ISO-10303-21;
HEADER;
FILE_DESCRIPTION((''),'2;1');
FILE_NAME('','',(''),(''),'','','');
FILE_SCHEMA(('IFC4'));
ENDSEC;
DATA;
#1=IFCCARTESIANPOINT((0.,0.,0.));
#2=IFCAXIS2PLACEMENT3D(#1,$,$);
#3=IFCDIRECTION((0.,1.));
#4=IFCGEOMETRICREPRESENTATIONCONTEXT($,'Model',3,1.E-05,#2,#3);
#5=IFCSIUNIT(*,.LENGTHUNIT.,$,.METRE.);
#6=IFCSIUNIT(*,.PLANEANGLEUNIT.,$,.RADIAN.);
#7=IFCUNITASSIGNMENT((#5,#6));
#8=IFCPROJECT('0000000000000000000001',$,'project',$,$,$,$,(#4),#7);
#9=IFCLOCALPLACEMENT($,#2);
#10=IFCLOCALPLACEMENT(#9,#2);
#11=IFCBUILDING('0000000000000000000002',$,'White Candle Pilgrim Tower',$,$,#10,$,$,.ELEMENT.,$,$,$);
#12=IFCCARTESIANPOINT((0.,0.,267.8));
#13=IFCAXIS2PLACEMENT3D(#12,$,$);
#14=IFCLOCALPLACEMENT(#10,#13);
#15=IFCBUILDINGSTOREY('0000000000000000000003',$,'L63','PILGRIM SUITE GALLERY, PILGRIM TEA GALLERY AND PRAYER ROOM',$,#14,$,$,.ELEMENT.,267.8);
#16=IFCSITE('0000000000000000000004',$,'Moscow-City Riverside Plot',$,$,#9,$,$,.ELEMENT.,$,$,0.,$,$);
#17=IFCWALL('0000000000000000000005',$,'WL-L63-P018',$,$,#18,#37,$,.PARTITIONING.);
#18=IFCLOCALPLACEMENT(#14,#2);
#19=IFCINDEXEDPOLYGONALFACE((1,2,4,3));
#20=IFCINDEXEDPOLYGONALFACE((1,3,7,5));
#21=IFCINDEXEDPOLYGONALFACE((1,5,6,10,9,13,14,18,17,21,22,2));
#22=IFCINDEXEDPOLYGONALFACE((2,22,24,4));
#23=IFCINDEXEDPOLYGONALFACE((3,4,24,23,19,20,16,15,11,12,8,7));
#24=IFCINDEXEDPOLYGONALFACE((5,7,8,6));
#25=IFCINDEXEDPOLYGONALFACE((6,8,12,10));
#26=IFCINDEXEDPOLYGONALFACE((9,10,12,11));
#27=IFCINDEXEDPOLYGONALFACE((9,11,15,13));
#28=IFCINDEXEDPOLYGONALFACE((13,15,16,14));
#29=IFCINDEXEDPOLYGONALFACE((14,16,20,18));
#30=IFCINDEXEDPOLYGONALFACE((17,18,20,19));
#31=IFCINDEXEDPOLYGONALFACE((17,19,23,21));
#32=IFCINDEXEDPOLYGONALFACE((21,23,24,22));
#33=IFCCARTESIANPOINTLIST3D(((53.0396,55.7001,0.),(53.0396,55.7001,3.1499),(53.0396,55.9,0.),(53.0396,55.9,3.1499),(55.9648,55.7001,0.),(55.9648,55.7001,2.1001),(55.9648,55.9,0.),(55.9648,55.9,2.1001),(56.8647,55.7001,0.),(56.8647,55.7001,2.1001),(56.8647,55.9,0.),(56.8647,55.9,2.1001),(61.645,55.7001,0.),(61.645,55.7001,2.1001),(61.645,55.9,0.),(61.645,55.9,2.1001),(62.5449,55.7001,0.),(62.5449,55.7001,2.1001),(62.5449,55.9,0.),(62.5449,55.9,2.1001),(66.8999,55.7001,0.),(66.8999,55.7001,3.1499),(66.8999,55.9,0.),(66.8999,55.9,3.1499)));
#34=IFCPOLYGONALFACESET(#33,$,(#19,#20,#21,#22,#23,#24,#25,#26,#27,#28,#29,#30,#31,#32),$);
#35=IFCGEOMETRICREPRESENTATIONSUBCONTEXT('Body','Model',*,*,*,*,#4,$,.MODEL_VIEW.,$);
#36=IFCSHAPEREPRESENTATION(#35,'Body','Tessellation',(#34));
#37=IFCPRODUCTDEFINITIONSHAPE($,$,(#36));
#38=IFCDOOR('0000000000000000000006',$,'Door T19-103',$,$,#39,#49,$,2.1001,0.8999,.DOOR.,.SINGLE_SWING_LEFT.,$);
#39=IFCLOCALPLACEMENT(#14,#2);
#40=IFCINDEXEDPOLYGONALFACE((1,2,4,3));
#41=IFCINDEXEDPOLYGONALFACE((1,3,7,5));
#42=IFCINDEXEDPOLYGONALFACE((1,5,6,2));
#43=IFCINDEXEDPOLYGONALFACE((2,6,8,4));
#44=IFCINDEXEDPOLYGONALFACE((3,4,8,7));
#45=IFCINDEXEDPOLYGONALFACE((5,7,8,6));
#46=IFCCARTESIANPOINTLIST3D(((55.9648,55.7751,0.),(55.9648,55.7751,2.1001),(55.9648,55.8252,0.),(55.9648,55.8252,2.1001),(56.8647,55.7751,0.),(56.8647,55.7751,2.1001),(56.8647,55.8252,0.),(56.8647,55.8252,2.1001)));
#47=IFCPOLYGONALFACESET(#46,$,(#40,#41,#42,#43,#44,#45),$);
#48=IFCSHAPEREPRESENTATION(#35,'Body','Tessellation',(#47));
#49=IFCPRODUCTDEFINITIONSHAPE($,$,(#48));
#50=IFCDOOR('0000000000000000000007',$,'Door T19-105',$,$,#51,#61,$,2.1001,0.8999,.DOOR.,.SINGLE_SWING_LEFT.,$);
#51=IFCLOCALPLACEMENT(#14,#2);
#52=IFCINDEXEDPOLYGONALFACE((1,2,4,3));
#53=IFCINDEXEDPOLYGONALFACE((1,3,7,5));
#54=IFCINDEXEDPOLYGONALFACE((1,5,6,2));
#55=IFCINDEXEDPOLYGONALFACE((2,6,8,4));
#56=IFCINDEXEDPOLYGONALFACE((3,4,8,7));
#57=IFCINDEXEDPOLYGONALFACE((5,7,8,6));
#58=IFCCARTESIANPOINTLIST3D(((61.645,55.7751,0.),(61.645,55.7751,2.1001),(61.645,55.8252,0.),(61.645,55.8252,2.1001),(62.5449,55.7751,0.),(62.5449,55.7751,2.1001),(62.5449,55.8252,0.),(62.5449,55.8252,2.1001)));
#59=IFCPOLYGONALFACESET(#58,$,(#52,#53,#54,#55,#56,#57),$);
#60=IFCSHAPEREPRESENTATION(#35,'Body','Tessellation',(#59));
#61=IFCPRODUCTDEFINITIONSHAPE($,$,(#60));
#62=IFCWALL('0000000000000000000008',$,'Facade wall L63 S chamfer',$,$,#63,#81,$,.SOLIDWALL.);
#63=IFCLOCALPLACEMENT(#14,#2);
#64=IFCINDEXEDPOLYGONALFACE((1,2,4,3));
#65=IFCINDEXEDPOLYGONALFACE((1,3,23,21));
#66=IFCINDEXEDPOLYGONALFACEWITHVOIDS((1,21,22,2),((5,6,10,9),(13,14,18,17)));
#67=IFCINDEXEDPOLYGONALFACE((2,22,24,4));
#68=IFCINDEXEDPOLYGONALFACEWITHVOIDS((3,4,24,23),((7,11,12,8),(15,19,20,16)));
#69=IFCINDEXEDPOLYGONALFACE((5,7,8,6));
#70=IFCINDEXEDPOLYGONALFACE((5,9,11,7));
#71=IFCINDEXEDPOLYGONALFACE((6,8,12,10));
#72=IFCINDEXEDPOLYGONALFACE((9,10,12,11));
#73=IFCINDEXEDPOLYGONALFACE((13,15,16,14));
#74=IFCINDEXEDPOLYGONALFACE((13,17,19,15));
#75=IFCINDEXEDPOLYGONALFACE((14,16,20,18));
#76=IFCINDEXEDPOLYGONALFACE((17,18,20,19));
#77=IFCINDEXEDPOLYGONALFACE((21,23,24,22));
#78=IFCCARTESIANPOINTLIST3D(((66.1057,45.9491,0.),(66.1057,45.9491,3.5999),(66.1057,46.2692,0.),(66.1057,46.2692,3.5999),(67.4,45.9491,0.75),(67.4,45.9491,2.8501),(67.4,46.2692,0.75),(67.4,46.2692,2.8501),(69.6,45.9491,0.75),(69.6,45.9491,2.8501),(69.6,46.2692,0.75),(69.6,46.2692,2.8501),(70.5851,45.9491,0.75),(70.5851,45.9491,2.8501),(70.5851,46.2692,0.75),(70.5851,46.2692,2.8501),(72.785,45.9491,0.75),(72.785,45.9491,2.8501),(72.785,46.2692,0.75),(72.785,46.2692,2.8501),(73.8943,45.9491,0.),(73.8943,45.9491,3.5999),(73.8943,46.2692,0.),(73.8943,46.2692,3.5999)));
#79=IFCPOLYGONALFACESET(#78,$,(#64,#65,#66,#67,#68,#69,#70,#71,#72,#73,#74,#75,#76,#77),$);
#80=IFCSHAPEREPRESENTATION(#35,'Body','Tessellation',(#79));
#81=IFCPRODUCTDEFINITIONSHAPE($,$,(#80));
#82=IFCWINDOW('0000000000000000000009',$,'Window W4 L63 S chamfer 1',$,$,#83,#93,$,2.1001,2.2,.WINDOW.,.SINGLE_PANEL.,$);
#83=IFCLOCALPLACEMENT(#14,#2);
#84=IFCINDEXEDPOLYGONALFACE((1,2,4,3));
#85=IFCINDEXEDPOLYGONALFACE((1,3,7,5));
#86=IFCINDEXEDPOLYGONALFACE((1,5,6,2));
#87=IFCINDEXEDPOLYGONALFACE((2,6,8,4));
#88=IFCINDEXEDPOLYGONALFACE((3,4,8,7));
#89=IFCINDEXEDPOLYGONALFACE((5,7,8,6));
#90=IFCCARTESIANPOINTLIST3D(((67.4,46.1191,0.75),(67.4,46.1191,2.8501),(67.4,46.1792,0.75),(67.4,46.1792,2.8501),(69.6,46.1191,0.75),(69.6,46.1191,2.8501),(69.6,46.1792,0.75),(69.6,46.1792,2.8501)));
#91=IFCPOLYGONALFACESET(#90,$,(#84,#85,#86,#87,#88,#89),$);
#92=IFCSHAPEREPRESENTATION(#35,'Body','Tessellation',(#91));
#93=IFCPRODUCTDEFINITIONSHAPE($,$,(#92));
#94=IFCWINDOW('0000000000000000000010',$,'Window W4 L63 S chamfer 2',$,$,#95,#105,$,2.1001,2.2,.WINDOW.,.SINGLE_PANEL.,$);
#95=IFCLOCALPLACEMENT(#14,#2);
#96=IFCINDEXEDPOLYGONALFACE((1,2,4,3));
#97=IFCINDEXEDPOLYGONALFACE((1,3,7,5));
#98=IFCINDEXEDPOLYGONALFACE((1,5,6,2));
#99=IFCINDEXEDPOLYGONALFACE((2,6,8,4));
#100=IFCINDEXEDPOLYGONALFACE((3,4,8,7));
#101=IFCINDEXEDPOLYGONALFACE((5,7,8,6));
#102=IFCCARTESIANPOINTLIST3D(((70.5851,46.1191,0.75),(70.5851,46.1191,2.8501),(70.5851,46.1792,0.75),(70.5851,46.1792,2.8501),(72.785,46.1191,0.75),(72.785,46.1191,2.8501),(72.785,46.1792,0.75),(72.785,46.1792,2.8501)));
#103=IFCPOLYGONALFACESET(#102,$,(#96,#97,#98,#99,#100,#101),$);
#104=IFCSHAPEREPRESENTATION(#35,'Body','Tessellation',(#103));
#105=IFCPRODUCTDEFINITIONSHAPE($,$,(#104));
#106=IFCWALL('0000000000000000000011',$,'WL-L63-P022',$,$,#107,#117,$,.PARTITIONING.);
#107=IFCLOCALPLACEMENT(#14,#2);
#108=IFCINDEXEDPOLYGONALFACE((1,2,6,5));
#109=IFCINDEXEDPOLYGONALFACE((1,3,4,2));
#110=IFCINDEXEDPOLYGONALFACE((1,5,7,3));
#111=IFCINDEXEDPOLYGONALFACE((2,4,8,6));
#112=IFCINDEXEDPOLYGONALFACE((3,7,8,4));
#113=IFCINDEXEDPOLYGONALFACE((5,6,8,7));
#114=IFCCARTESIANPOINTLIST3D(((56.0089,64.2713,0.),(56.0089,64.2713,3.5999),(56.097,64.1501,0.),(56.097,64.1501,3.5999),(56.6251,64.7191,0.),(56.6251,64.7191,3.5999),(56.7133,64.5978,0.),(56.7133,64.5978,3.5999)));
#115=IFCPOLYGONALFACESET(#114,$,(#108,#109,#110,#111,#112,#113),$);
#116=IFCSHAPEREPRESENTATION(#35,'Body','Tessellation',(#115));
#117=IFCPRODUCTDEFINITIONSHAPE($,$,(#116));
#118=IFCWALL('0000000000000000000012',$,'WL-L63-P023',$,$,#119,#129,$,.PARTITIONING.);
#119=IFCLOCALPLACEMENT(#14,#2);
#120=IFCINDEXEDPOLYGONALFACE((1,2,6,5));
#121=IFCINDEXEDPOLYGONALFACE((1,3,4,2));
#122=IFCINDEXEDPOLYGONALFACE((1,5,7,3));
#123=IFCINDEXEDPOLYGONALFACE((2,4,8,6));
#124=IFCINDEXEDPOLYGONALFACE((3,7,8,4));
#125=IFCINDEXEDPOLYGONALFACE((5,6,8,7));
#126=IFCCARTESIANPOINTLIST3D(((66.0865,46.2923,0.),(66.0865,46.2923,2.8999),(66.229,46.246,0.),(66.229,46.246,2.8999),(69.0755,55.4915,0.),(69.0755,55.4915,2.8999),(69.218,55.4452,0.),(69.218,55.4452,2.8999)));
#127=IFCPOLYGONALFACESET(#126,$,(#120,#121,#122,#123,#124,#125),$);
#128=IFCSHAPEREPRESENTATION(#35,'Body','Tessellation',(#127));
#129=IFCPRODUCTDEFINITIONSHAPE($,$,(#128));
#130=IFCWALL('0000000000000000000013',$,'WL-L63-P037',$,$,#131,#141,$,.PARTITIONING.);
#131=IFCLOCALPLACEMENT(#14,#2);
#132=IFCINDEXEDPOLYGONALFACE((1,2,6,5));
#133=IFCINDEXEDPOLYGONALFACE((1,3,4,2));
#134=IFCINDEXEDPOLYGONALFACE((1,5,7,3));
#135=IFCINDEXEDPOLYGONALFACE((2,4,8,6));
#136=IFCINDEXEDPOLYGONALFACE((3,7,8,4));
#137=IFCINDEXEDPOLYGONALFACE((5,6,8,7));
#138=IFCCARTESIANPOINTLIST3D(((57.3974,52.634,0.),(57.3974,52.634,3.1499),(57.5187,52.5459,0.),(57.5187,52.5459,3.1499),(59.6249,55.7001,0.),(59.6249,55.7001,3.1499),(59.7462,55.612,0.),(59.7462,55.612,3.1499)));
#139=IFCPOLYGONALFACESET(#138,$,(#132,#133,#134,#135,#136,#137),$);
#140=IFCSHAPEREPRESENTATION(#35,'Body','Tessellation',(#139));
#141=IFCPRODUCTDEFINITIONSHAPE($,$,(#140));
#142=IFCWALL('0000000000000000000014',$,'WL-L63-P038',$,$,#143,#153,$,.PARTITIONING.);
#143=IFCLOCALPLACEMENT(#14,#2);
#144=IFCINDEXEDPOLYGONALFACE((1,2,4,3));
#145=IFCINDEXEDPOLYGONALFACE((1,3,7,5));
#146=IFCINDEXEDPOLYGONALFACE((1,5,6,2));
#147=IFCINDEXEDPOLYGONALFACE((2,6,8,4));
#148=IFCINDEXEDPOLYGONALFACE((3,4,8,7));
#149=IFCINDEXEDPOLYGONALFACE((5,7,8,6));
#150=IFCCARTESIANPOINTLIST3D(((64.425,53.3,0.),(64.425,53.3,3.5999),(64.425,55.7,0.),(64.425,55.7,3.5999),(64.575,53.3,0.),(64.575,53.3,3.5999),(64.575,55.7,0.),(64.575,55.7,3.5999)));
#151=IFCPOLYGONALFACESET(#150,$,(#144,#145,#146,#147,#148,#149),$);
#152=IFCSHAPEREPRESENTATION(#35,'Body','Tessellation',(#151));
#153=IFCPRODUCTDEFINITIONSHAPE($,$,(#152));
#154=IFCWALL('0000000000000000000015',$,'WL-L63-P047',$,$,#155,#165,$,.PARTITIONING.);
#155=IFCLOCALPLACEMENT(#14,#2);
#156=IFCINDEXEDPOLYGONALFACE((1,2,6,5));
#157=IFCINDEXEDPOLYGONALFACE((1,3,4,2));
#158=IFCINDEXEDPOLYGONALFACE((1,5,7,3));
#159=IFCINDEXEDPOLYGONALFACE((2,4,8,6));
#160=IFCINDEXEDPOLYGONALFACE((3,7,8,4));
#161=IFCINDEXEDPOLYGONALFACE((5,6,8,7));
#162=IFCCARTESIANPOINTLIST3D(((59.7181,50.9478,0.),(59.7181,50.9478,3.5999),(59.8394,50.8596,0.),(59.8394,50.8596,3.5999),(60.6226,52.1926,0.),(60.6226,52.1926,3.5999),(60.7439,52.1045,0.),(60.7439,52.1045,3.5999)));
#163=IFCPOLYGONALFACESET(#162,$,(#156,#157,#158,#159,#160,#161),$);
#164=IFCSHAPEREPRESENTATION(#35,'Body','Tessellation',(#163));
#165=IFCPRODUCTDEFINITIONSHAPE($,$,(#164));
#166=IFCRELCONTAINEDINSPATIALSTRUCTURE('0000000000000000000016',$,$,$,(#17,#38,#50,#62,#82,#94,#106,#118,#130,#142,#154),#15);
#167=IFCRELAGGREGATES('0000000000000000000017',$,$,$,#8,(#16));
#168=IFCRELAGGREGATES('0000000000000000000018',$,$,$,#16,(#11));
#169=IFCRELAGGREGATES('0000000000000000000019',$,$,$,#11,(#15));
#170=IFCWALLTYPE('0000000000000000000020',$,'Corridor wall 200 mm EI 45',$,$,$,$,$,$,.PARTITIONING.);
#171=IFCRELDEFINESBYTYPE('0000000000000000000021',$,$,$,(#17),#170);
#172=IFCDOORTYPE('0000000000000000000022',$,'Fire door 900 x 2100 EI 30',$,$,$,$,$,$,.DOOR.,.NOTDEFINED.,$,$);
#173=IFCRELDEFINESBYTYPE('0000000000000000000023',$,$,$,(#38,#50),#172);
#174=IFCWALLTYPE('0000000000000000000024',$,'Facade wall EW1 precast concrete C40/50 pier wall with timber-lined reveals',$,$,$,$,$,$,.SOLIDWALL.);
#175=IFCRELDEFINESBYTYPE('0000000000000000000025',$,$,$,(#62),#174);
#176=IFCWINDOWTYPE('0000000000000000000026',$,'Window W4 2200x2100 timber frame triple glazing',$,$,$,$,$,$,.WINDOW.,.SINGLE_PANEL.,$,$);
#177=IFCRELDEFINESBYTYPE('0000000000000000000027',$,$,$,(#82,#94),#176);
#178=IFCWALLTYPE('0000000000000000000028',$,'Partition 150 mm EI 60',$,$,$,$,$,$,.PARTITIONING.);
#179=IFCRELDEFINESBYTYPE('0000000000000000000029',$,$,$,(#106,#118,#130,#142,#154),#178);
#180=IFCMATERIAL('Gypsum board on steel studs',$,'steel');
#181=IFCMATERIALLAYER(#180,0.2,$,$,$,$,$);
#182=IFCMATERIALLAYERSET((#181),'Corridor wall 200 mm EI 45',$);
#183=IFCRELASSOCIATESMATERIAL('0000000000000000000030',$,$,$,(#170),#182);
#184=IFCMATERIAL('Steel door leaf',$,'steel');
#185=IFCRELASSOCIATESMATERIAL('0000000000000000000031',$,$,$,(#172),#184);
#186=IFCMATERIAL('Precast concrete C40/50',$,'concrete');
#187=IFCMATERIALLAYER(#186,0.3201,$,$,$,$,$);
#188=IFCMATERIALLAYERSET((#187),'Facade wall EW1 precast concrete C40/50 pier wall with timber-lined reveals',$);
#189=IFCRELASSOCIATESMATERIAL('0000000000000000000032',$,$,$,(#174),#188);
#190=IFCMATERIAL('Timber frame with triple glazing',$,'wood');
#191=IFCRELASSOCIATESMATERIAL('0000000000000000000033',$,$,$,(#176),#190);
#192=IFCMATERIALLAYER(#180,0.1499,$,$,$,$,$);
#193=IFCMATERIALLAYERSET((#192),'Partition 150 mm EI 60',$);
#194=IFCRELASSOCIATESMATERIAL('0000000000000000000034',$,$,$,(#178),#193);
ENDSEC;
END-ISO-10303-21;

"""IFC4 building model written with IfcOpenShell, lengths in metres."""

from ifc_helpers import new_model, si_unit, direction, frame, frame_2d, origin, place, context, subcontext, project, spatial, rectangle, extrude, material, layer, layer_set, type_object, element, fill, save


model = new_model("IFC4")

# Units and contexts
model_context = context("Model", 3, precision=1e-05, world=origin(), true_north=direction((0.0, 1.0)))
body_context = subcontext(model_context, "Body", "Model", "MODEL_VIEW")
ifc_project = project(units=[si_unit("LENGTHUNIT", "METRE"), si_unit("PLANEANGLEUNIT", "RADIAN")], contexts=[model_context])

# Site, building, storey
site_placement = place(None, origin())
site = spatial("IfcSite", under=ifc_project, at=site_placement, Name="Moscow-City Riverside Plot", CompositionType="ELEMENT", RefElevation=0.0)
building_placement = place(site_placement, origin())
building = spatial("IfcBuilding", under=site, at=building_placement, Name="White Candle Pilgrim Tower", CompositionType="ELEMENT")
storey_placement = place(building_placement, frame((0.0, 0.0, 267.8)))
storey = spatial("IfcBuildingStorey", under=building, at=storey_placement, Name="L63", Description="PILGRIM SUITE GALLERY, PILGRIM TEA GALLERY AND PRAYER ROOM", CompositionType="ELEMENT", Elevation=267.8)

# Shared definitions
ifc_material_1 = material(Name="Gypsum board on steel studs", Category="steel")
ifc_layer_1 = layer(ifc_material_1, 0.2)
ifc_layer_set_1 = layer_set([ifc_layer_1], Name="Corridor wall 200 mm EI 45")
wall_type_1 = type_object("IfcWallType", Name="Corridor wall 200 mm EI 45", PredefinedType="PARTITIONING", material=ifc_layer_set_1)

# Shared definitions
ifc_material_2 = material(Name="Steel door leaf", Category="steel")
door_type_1 = type_object("IfcDoorType", Name="Fire door 900 x 2100 EI 30", OperationType="NOTDEFINED", PredefinedType="DOOR", material=ifc_material_2)

# Wall, openings, doors
wall_1_placement = place(storey_placement, frame((66.8999, 55.8, 0.0), z_axis=(0.0, 0.0, 1.0), x_axis=(-1.0, 0.0, 0.0)))
wall_1 = element("IfcWall", 1, at=wall_1_placement, inside=storey, type_object=wall_type_1, Name="WL-L63-P018", PredefinedType="PARTITIONING", context=body_context, shape_type="SweptSolid", body=[
    extrude(rectangle(XDim=13.8604, YDim=0.2, at=frame_2d((6.9302, 0.0))), origin(), (0.0, 0.0, 1.0), 3.1499),
])
opening_1_placement = place(wall_1_placement, frame((10.0352, 0.0, 0.0)))
opening_1 = element("IfcOpeningElement", 2, at=opening_1_placement, cuts=wall_1, PredefinedType="OPENING", context=body_context, shape_type="SweptSolid", body=[
    extrude(rectangle(XDim=0.8999, YDim=2.1001, at=frame_2d((0.45, 1.05))), frame((0.0, 0.1099, 0.0), z_axis=(0.0, -1.0, 0.0), x_axis=(1.0, 0.0, 0.0)), (0.0, 0.0, 1.0), 0.22),
])
opening_2_placement = place(wall_1_placement, frame((4.355, 0.0, 0.0)))
opening_2 = element("IfcOpeningElement", 3, at=opening_2_placement, cuts=wall_1, PredefinedType="OPENING", context=body_context, shape_type="SweptSolid", body=[
    extrude(rectangle(XDim=0.8999, YDim=2.1001, at=frame_2d((0.45, 1.05))), frame((0.0, 0.1099, 0.0), z_axis=(0.0, -1.0, 0.0), x_axis=(1.0, 0.0, 0.0)), (0.0, 0.0, 1.0), 0.22),
])
door_1_placement = place(opening_1_placement, origin())
door_1 = element("IfcDoor", 4, at=door_1_placement, inside=storey, type_object=door_type_1, Name="Door T19-103", OperationType="SINGLE_SWING_LEFT", OverallHeight=2.1001, OverallWidth=0.8999, PredefinedType="DOOR", context=body_context, shape_type="SweptSolid", body=[
    extrude(rectangle(XDim=0.8999, YDim=2.1001, at=frame_2d((0.45, 1.05))), frame((0.0, 0.0249, 0.0), z_axis=(0.0, -1.0, 0.0), x_axis=(1.0, 0.0, 0.0)), (0.0, 0.0, 1.0), 0.05),
])
fill(opening_1, door_1)
door_2_placement = place(opening_2_placement, origin())
door_2 = element("IfcDoor", 5, at=door_2_placement, inside=storey, type_object=door_type_1, Name="Door T19-105", OperationType="SINGLE_SWING_LEFT", OverallHeight=2.1001, OverallWidth=0.8999, PredefinedType="DOOR", context=body_context, shape_type="SweptSolid", body=[
    extrude(rectangle(XDim=0.8999, YDim=2.1001, at=frame_2d((0.45, 1.05))), frame((0.0, 0.0249, 0.0), z_axis=(0.0, -1.0, 0.0), x_axis=(1.0, 0.0, 0.0)), (0.0, 0.0, 1.0), 0.05),
])
fill(opening_2, door_2)

# Wall, openings, windows
ifc_material_3 = material(Name="Precast concrete C40/50", Category="concrete")
ifc_layer_2 = layer(ifc_material_3, 0.3201)
ifc_layer_set_2 = layer_set([ifc_layer_2], Name="Facade wall EW1 precast concrete C40/50 pier wall with timber-lined reveals")
wall_type_2 = type_object("IfcWallType", Name="Facade wall EW1 precast concrete C40/50 pier wall with timber-lined reveals", PredefinedType="SOLIDWALL", material=ifc_layer_set_2)
wall_2_placement = place(storey_placement, frame((66.1057, 46.1091, 0.0), z_axis=(0.0, 0.0, 1.0), x_axis=(1.0, 0.0, 0.0)))
wall_2 = element("IfcWall", 6, at=wall_2_placement, inside=storey, type_object=wall_type_2, Name="Facade wall L63 S chamfer", PredefinedType="SOLIDWALL", context=body_context, shape_type="SweptSolid", body=[
    extrude(rectangle(XDim=7.7886, YDim=0.3201, at=frame_2d((3.8943, 0.0))), origin(), (0.0, 0.0, 1.0), 3.5999),
])
opening_3_placement = place(wall_2_placement, frame((1.2942, 0.0, 0.75)))
opening_3 = element("IfcOpeningElement", 7, at=opening_3_placement, cuts=wall_2, PredefinedType="OPENING", context=body_context, shape_type="SweptSolid", body=[
    extrude(rectangle(XDim=2.2, YDim=2.1001, at=frame_2d((1.1001, 1.05))), frame((0.0, 0.1699, 0.0), z_axis=(0.0, -1.0, 0.0), x_axis=(1.0, 0.0, 0.0)), (0.0, 0.0, 1.0), 0.3401),
])
opening_4_placement = place(wall_2_placement, frame((4.4792, 0.0, 0.75)))
opening_4 = element("IfcOpeningElement", 8, at=opening_4_placement, cuts=wall_2, PredefinedType="OPENING", context=body_context, shape_type="SweptSolid", body=[
    extrude(rectangle(XDim=2.2, YDim=2.1001, at=frame_2d((1.1001, 1.05))), frame((0.0, 0.1699, 0.0), z_axis=(0.0, -1.0, 0.0), x_axis=(1.0, 0.0, 0.0)), (0.0, 0.0, 1.0), 0.3401),
])
ifc_material_4 = material(Name="Timber frame with triple glazing", Category="wood")
window_type = type_object("IfcWindowType", Name="Window W4 2200x2100 timber frame triple glazing", PartitioningType="SINGLE_PANEL", PredefinedType="WINDOW", material=ifc_material_4)
window_1_placement = place(opening_3_placement, origin())
window_1 = element("IfcWindow", 9, at=window_1_placement, inside=storey, type_object=window_type, Name="Window W4 L63 S chamfer 1", OverallHeight=2.1001, OverallWidth=2.2, PartitioningType="SINGLE_PANEL", PredefinedType="WINDOW", context=body_context, shape_type="SweptSolid", body=[
    extrude(rectangle(XDim=2.2, YDim=2.1001, at=frame_2d((1.1001, 1.05))), frame((0.0, 0.0701, 0.0), z_axis=(0.0, -1.0, 0.0), x_axis=(1.0, 0.0, 0.0)), (0.0, 0.0, 1.0), 0.0601),
])
fill(opening_3, window_1)
window_2_placement = place(opening_4_placement, origin())
window_2 = element("IfcWindow", 10, at=window_2_placement, inside=storey, type_object=window_type, Name="Window W4 L63 S chamfer 2", OverallHeight=2.1001, OverallWidth=2.2, PartitioningType="SINGLE_PANEL", PredefinedType="WINDOW", context=body_context, shape_type="SweptSolid", body=[
    extrude(rectangle(XDim=2.2, YDim=2.1001, at=frame_2d((1.1001, 1.05))), frame((0.0, 0.0701, 0.0), z_axis=(0.0, -1.0, 0.0), x_axis=(1.0, 0.0, 0.0)), (0.0, 0.0, 1.0), 0.0601),
])
fill(opening_4, window_2)

# Walls
ifc_layer_3 = layer(ifc_material_1, 0.1499)
ifc_layer_set_3 = layer_set([ifc_layer_3], Name="Partition 150 mm EI 60")
wall_type_3 = type_object("IfcWallType", Name="Partition 150 mm EI 60", PredefinedType="PARTITIONING", material=ifc_layer_set_3)
wall_3_placement = place(storey_placement, frame((56.053, 64.2107, 0.0), z_axis=(0.0, 0.0, 1.0), x_axis=(0.808985, 0.587829, 0.0)))
element("IfcWall", 11, at=wall_3_placement, inside=storey, type_object=wall_type_3, Name="WL-L63-P022", PredefinedType="PARTITIONING", context=body_context, shape_type="SweptSolid", body=[
    extrude(rectangle(XDim=0.7617, YDim=0.1499, at=frame_2d((0.3809, 0.0))), origin(), (0.0, 0.0, 1.0), 3.5999),
])
wall_4_placement = place(storey_placement, frame((66.1577, 46.269, 0.0), z_axis=(0.0, 0.0, 1.0), x_axis=(0.309018, 0.951056, 0.0)))
element("IfcWall", 12, at=wall_4_placement, inside=storey, type_object=wall_type_3, Name="WL-L63-P023", PredefinedType="PARTITIONING", context=body_context, shape_type="SweptSolid", body=[
    extrude(rectangle(XDim=9.6726, YDim=0.1499, at=frame_2d((4.8364, 0.0))), origin(), (0.0, 0.0, 1.0), 2.8999),
])
wall_5_placement = place(storey_placement, frame((57.458, 52.5898, 0.0), z_axis=(0.0, 0.0, 1.0), x_axis=(0.587758, 0.809037, 0.0)))
element("IfcWall", 13, at=wall_5_placement, inside=storey, type_object=wall_type_3, Name="WL-L63-P037", PredefinedType="PARTITIONING", context=body_context, shape_type="SweptSolid", body=[
    extrude(rectangle(XDim=3.7898, YDim=0.1499, at=frame_2d((1.895, 0.0))), origin(), (0.0, 0.0, 1.0), 3.1499),
])
wall_6_placement = place(storey_placement, frame((64.5, 55.7, 0.0), z_axis=(0.0, 0.0, 1.0), x_axis=(0.0, -1.0, 0.0)))
element("IfcWall", 14, at=wall_6_placement, inside=storey, type_object=wall_type_3, Name="WL-L63-P038", PredefinedType="PARTITIONING", context=body_context, shape_type="SweptSolid", body=[
    extrude(rectangle(XDim=2.3999, YDim=0.1499, at=frame_2d((1.2, 0.0))), origin(), (0.0, 0.0, 1.0), 3.5999),
])
wall_7_placement = place(storey_placement, frame((60.6833, 52.1487, 0.0), z_axis=(0.0, 0.0, 1.0), x_axis=(-0.587823, -0.80899, 0.0)))
element("IfcWall", 15, at=wall_7_placement, inside=storey, type_object=wall_type_3, Name="WL-L63-P047", PredefinedType="PARTITIONING", context=body_context, shape_type="SweptSolid", body=[
    extrude(rectangle(XDim=1.5388, YDim=0.1499, at=frame_2d((0.7695, 0.0))), origin(), (0.0, 0.0, 1.0), 3.5999),
])

save(model, "model.ifc")
